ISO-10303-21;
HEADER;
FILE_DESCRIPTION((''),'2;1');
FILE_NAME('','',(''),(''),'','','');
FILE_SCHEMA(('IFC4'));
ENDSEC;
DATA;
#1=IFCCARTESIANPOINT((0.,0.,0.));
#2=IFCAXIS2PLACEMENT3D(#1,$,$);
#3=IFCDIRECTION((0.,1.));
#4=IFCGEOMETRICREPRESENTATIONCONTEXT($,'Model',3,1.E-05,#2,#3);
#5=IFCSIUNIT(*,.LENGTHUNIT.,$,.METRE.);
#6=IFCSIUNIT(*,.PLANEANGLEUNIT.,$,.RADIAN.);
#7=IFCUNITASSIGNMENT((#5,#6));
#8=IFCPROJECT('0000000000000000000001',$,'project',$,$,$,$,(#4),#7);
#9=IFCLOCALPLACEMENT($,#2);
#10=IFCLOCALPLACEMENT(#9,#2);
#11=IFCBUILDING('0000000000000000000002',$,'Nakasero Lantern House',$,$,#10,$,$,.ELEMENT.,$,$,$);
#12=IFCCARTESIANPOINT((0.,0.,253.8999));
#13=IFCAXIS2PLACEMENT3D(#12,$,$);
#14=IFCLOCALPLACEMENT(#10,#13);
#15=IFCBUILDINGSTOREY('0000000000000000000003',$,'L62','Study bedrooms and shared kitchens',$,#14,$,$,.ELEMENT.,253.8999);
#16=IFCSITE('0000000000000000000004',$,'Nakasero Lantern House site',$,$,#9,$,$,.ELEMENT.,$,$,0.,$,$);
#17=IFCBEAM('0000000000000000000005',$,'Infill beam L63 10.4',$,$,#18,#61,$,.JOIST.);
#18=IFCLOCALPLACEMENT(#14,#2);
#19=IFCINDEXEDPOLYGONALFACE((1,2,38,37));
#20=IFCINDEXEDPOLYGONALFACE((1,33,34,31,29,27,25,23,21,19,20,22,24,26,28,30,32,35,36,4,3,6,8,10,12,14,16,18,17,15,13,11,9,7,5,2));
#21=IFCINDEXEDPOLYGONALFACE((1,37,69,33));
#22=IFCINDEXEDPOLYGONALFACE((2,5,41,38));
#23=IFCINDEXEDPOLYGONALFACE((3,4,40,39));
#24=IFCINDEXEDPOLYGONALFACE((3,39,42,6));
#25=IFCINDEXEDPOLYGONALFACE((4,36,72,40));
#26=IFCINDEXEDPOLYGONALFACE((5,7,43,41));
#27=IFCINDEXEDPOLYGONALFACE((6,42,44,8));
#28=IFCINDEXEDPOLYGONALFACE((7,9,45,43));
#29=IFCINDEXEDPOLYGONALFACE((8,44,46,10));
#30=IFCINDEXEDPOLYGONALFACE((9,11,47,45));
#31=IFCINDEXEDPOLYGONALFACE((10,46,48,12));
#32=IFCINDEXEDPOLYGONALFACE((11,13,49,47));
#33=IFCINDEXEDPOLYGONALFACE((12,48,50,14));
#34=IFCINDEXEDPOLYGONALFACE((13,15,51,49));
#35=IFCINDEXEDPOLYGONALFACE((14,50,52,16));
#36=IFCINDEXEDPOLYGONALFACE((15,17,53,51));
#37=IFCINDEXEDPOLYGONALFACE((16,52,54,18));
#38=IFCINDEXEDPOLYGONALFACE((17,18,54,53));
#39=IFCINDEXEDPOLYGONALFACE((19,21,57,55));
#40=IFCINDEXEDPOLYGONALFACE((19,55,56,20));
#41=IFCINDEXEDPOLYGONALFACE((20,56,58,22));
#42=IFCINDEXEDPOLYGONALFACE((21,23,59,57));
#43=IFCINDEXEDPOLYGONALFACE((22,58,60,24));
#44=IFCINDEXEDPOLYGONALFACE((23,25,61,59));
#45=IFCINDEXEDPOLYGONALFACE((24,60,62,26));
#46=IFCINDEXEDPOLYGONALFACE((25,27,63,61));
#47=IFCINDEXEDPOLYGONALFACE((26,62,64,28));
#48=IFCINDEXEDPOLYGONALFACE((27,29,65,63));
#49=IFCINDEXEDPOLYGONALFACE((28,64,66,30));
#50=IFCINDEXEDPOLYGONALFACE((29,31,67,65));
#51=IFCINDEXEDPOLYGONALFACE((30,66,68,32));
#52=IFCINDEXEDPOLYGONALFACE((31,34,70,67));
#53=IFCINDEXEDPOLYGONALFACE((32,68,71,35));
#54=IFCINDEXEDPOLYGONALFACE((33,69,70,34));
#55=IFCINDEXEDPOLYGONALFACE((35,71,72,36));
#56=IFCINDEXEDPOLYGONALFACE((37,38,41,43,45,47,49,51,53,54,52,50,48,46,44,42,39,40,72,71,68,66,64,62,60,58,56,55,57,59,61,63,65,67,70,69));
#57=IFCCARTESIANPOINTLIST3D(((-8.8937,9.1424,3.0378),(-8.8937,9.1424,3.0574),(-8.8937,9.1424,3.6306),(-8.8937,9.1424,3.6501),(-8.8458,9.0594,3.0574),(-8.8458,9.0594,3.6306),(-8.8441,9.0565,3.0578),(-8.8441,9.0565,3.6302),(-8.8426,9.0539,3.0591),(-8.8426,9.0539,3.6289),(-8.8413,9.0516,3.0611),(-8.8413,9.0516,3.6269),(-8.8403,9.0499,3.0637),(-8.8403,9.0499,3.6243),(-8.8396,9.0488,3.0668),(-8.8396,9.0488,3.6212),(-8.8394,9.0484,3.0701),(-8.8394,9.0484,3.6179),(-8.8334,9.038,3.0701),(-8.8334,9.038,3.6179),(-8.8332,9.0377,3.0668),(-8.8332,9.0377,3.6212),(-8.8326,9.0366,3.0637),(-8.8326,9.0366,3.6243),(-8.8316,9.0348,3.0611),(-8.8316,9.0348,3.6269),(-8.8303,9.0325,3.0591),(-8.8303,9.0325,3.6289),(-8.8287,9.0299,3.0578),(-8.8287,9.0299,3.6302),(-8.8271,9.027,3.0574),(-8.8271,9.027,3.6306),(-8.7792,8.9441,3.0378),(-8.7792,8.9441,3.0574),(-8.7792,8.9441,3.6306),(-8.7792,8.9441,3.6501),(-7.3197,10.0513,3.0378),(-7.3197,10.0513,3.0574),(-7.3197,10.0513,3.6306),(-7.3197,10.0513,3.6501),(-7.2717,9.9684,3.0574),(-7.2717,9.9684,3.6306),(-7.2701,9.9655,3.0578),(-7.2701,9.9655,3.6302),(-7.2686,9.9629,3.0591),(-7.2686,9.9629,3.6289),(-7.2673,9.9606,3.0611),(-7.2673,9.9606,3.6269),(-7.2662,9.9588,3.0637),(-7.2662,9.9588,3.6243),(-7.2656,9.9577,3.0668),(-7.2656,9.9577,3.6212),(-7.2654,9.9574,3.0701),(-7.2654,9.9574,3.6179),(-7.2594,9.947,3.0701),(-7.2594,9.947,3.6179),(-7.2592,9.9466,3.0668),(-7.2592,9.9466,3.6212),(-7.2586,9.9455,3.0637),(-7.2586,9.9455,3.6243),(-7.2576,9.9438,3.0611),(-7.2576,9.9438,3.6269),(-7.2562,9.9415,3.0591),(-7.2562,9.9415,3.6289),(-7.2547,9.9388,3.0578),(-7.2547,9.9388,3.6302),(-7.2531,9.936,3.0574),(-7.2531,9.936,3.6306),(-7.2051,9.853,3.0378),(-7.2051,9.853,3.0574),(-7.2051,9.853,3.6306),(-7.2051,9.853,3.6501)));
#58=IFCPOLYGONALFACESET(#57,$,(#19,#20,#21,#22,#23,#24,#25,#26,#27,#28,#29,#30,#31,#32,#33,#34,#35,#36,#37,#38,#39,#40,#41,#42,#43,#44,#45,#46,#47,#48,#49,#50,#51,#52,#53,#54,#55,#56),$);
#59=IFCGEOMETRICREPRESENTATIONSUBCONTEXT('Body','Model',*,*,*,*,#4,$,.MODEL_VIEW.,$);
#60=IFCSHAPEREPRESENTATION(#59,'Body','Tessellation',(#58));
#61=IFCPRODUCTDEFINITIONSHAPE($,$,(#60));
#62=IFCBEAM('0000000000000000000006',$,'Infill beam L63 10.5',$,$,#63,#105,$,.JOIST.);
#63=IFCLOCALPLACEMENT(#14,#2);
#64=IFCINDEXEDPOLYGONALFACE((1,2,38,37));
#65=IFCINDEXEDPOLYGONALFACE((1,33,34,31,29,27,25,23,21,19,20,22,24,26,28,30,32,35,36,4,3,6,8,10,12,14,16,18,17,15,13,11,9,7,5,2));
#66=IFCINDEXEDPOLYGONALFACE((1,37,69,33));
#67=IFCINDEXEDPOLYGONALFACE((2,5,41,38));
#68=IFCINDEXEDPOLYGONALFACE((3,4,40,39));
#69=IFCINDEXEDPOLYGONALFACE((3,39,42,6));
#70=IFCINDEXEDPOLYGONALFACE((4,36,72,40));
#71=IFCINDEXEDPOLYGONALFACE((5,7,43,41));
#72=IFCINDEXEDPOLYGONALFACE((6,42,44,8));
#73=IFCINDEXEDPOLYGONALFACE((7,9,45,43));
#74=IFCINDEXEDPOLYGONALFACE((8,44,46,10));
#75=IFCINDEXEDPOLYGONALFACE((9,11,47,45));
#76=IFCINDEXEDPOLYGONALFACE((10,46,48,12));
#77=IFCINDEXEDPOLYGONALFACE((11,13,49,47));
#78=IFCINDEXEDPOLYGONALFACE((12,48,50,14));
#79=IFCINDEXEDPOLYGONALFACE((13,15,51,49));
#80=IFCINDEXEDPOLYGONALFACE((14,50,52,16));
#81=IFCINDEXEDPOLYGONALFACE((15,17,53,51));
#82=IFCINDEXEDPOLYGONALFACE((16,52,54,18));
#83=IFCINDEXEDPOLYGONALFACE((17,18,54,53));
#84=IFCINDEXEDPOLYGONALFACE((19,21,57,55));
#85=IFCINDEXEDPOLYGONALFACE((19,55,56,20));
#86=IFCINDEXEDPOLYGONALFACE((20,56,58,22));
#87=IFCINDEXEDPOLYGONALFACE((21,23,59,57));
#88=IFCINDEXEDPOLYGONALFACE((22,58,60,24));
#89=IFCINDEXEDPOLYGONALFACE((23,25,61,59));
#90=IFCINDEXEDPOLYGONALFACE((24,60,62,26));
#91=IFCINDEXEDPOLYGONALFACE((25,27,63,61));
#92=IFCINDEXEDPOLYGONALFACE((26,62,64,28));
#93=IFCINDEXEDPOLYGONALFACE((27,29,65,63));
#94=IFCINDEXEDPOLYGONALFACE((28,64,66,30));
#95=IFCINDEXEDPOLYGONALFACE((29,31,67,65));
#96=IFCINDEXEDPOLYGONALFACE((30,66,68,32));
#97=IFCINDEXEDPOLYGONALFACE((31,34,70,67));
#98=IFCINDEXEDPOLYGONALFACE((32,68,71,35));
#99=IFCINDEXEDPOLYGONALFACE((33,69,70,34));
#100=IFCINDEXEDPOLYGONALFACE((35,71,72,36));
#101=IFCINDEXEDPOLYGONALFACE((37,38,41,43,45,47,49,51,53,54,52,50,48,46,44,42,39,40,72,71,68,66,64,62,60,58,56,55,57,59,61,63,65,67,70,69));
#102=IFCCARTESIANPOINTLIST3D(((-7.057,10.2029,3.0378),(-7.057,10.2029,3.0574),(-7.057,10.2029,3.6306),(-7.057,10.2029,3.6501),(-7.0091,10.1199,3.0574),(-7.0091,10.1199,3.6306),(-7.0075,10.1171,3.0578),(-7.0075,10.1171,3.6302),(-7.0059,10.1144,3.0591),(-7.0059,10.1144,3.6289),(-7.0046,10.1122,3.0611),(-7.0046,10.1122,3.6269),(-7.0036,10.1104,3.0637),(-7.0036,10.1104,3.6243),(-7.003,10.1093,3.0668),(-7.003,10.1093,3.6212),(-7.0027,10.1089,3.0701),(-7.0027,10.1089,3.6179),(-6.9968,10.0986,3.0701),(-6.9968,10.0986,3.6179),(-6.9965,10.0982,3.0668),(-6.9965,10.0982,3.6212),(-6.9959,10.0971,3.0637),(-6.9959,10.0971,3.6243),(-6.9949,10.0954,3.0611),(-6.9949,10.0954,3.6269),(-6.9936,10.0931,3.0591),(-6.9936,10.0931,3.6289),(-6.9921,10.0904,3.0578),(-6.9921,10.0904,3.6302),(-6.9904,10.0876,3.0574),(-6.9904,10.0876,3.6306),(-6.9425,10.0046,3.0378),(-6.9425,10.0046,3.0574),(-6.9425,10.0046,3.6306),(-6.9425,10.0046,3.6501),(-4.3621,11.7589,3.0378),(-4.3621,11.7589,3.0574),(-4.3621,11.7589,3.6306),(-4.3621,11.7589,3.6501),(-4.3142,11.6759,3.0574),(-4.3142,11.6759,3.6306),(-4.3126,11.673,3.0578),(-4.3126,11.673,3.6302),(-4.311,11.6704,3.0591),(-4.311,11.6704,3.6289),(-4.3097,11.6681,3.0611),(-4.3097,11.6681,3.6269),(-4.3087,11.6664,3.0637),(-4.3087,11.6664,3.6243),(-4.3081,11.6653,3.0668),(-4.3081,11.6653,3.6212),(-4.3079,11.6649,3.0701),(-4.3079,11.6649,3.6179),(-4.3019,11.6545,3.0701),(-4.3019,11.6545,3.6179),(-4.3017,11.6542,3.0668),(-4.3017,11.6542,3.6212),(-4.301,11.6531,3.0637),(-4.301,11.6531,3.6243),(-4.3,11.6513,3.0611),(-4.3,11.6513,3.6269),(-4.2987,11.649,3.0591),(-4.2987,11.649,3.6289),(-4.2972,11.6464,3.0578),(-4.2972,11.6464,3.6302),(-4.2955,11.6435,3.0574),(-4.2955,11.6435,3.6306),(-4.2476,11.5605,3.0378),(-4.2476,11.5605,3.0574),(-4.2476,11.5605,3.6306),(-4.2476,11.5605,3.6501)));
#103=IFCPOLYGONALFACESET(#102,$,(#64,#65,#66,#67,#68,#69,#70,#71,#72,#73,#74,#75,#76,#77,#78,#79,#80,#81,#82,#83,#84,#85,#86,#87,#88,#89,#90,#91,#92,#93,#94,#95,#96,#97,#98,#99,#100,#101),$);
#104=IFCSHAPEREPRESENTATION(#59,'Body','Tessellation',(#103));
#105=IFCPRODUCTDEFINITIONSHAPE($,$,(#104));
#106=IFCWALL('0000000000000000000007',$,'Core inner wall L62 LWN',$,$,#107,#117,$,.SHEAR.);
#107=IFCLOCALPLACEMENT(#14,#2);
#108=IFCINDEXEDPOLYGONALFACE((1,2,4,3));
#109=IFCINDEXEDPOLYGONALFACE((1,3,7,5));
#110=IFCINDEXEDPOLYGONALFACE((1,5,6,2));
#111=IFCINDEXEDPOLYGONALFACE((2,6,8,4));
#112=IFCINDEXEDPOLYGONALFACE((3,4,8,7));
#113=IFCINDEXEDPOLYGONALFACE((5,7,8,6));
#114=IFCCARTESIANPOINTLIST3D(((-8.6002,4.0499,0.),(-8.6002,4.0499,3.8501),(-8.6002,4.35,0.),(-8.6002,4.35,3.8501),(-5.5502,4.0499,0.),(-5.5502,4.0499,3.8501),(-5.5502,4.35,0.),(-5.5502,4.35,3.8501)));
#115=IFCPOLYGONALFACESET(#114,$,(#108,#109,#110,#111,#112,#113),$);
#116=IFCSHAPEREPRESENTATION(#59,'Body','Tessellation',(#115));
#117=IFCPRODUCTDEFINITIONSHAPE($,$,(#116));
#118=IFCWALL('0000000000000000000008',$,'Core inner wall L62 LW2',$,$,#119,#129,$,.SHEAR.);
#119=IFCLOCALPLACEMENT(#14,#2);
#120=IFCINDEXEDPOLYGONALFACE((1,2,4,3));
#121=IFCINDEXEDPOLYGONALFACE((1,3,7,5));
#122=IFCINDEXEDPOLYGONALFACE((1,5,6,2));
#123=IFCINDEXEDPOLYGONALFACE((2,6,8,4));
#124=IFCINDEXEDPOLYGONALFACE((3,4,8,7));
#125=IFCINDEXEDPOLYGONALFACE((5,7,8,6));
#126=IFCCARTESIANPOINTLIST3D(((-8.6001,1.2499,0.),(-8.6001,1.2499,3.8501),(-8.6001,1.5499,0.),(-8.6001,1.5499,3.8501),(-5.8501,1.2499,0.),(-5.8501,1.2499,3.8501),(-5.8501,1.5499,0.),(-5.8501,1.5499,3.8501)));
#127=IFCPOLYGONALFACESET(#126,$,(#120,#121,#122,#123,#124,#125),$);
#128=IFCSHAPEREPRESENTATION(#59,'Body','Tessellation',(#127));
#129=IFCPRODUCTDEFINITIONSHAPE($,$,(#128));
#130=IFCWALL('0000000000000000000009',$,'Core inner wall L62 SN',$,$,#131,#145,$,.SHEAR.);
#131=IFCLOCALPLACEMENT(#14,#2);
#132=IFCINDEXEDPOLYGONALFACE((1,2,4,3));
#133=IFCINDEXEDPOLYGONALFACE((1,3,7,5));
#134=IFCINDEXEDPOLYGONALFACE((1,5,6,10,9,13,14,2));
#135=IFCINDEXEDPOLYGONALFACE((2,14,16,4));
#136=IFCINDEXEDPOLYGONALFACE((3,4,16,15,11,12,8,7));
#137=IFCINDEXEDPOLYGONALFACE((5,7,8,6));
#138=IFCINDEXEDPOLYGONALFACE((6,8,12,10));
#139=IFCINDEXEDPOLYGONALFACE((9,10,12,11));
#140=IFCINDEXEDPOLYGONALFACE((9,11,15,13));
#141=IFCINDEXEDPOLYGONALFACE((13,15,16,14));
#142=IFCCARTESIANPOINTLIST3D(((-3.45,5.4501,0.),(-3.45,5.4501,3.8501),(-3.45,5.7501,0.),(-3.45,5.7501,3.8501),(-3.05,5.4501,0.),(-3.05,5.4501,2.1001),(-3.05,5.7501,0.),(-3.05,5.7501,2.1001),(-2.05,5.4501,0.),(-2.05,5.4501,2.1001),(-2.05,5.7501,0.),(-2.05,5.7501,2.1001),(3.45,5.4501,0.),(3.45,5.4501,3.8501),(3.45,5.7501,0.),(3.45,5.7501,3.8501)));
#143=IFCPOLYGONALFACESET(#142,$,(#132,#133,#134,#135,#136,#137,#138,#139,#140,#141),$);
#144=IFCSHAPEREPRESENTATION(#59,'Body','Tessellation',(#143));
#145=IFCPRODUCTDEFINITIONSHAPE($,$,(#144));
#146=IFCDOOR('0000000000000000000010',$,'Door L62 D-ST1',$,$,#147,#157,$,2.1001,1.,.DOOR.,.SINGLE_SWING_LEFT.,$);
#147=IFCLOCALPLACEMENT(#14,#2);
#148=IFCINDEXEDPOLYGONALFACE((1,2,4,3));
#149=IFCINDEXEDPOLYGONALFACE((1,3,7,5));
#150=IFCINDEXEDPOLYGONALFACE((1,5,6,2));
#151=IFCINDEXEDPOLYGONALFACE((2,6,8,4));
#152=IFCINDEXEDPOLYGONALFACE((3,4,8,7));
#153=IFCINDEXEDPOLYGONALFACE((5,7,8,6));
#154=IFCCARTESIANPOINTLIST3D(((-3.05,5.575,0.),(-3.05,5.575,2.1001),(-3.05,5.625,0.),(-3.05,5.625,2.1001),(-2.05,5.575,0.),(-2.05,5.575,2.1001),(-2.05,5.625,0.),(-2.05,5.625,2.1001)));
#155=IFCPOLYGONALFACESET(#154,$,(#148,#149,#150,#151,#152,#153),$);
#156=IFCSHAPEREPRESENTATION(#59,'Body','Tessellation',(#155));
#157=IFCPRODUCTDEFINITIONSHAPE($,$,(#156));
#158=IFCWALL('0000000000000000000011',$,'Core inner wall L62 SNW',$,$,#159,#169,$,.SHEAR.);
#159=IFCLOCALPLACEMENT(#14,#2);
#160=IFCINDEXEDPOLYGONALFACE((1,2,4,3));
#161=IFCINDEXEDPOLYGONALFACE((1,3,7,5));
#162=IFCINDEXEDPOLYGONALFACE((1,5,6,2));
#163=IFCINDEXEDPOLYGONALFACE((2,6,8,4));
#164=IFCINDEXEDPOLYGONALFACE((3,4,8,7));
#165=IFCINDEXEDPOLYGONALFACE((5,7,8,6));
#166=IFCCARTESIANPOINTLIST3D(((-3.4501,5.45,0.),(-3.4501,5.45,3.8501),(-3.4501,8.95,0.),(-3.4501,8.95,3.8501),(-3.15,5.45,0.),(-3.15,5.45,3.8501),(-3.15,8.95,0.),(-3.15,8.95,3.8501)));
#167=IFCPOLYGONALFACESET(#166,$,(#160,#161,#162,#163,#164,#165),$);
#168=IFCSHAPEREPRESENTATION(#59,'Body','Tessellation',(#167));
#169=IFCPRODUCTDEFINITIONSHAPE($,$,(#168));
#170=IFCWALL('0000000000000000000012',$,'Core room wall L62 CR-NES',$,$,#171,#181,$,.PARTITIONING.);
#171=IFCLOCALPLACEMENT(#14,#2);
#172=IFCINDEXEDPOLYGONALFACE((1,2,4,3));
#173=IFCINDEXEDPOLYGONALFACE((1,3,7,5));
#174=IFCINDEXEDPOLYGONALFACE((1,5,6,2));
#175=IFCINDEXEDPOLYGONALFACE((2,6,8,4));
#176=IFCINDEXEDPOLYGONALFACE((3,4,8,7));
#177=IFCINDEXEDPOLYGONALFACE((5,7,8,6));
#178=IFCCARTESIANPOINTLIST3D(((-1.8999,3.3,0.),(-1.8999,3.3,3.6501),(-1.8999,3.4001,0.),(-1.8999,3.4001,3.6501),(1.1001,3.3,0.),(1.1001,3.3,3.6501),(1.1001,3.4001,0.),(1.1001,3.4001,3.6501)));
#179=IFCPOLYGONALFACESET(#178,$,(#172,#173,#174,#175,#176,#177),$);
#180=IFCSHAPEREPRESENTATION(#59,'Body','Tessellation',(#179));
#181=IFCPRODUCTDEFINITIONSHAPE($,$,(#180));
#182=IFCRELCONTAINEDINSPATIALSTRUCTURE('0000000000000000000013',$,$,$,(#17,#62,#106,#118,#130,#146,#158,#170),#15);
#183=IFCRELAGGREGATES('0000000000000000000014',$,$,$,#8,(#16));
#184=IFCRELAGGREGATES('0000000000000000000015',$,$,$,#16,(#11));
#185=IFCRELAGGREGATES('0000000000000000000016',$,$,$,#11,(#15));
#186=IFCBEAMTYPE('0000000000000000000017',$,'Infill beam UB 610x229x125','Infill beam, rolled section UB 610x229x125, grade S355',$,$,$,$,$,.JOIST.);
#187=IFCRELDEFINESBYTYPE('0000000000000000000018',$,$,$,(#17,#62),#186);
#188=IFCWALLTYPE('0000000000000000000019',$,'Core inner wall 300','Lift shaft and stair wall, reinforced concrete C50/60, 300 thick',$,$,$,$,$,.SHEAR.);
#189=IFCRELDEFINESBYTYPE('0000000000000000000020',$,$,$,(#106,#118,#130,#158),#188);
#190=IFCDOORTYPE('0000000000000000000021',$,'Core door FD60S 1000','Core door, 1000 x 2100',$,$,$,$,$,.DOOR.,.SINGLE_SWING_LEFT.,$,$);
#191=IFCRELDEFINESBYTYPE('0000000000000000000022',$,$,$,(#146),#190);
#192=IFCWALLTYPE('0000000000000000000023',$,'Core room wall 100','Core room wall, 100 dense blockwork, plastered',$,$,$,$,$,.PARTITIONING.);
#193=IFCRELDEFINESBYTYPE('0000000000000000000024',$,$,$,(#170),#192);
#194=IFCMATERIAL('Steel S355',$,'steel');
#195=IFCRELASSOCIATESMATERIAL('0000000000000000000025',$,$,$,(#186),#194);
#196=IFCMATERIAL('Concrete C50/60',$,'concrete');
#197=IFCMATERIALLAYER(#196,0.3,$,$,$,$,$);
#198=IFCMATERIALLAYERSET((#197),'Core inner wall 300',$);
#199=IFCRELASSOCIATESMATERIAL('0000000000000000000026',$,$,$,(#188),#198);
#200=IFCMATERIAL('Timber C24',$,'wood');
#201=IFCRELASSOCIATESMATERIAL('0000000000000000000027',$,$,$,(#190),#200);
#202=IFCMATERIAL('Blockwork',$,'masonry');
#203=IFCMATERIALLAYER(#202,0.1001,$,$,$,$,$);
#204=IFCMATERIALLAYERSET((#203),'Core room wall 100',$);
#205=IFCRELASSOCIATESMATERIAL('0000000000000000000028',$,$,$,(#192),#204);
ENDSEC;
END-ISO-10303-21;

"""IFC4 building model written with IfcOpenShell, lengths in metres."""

from ifc_helpers import new_model, si_unit, direction, frame, frame_2d, origin, origin_2d, place, context, subcontext, project, spatial, rectangle, i_section, extrude, material, layer, layer_set, material_profile, profile_set, type_object, element, fill, save


model = new_model("IFC4")

# Units and contexts
model_context = context("Model", 3, precision=1e-05, world=origin(), true_north=direction((0.0, 1.0)))
body_context = subcontext(model_context, "Body", "Model", "MODEL_VIEW")
ifc_project = project(units=[si_unit("LENGTHUNIT", "METRE"), si_unit("PLANEANGLEUNIT", "RADIAN")], contexts=[model_context])

# Site, building, storey
site_placement = place(None, origin())
site = spatial("IfcSite", under=ifc_project, at=site_placement, Name="Nakasero Lantern House site", CompositionType="ELEMENT", RefElevation=0.0)
building_placement = place(site_placement, origin())
building = spatial("IfcBuilding", under=site, at=building_placement, Name="Nakasero Lantern House", CompositionType="ELEMENT")
storey_placement = place(building_placement, frame((0.0, 0.0, 253.8999)))
storey = spatial("IfcBuildingStorey", under=building, at=storey_placement, Name="L62", Description="Study bedrooms and shared kitchens", CompositionType="ELEMENT", Elevation=253.8999)

# Beams
ifc_material_1 = material(Name="Steel S355", Category="steel")
ifc_material_profile = material_profile(ifc_material_1, i_section(OverallWidth=0.229, OverallDepth=0.6123, WebThickness=0.012, FlangeThickness=0.0195, FilletRadius=0.0127, at=origin_2d()), Name="UB 610x229x125")
ifc_profile_set = profile_set([ifc_material_profile], Name="Steel S355")
beam_type = type_object("IfcBeamType", Name="Infill beam UB 610x229x125", Description="Infill beam, rolled section UB 610x229x125, grade S355", PredefinedType="JOIST", material=ifc_profile_set)
beam_1_placement = place(storey_placement, frame((-8.8364, 9.0432, 3.344), z_axis=(0.865978, 0.500083, 0.0), x_axis=(-0.500083, 0.865978, 0.0)))
element("IfcBeam", 1, at=beam_1_placement, inside=storey, type_object=beam_type, Name="Infill beam L63 10.4", PredefinedType="JOIST", context=body_context, shape_type="SweptSolid", body=[
    extrude(i_section(OverallWidth=0.229, OverallDepth=0.6123, WebThickness=0.012, FlangeThickness=0.0195, FilletRadius=0.0127, at=origin_2d()), origin(), (0.0, 0.0, 1.0), 1.8176),
])
beam_2_placement = place(storey_placement, frame((-6.9998, 10.1038, 3.344), z_axis=(0.866018, 0.500012, 0.0), x_axis=(-0.500012, 0.866018, 0.0)))
element("IfcBeam", 2, at=beam_2_placement, inside=storey, type_object=beam_type, Name="Infill beam L63 10.5", PredefinedType="JOIST", context=body_context, shape_type="SweptSolid", body=[
    extrude(i_section(OverallWidth=0.229, OverallDepth=0.6123, WebThickness=0.012, FlangeThickness=0.0195, FilletRadius=0.0127, at=origin_2d()), origin(), (0.0, 0.0, 1.0), 3.1118),
])

# Walls
ifc_material_2 = material(Name="Concrete C50/60", Category="concrete")
ifc_layer_1 = layer(ifc_material_2, 0.3)
ifc_layer_set_1 = layer_set([ifc_layer_1], Name="Core inner wall 300")
wall_type_1 = type_object("IfcWallType", Name="Core inner wall 300", Description="Lift shaft and stair wall, reinforced concrete C50/60, 300 thick", PredefinedType="SHEAR", material=ifc_layer_set_1)
wall_1_placement = place(storey_placement, frame((-8.6001, 4.2, 0.0), z_axis=(0.0, 0.0, 1.0), x_axis=(1.0, 0.0, 0.0)))
element("IfcWall", 3, at=wall_1_placement, inside=storey, type_object=wall_type_1, Name="Core inner wall L62 LWN", PredefinedType="SHEAR", context=body_context, shape_type="SweptSolid", body=[
    extrude(rectangle(XDim=3.05, YDim=0.3, at=frame_2d((1.5249, 0.0))), origin(), (0.0, 0.0, 1.0), 3.8501),
])
wall_2_placement = place(storey_placement, frame((-8.6001, 1.3999, 0.0), z_axis=(0.0, 0.0, 1.0), x_axis=(1.0, 0.0, 0.0)))
element("IfcWall", 4, at=wall_2_placement, inside=storey, type_object=wall_type_1, Name="Core inner wall L62 LW2", PredefinedType="SHEAR", context=body_context, shape_type="SweptSolid", body=[
    extrude(rectangle(XDim=2.75, YDim=0.3, at=frame_2d((1.375, 0.0))), origin(), (0.0, 0.0, 1.0), 3.8501),
])

# Wall, opening, door
wall_3_placement = place(storey_placement, frame((-3.45, 5.6001, 0.0), z_axis=(0.0, 0.0, 1.0), x_axis=(1.0, 0.0, 0.0)))
wall_3 = element("IfcWall", 5, at=wall_3_placement, inside=storey, type_object=wall_type_1, Name="Core inner wall L62 SN", PredefinedType="SHEAR", context=body_context, shape_type="SweptSolid", body=[
    extrude(rectangle(XDim=6.8999, YDim=0.3, at=frame_2d((3.45, 0.0))), origin(), (0.0, 0.0, 1.0), 3.8501),
])
opening_1_placement = place(wall_3_placement, frame((0.3999, 0.0, 0.0)))
opening_1 = element("IfcOpeningElement", 6, at=opening_1_placement, cuts=wall_3, PredefinedType="OPENING", context=body_context, shape_type="SweptSolid", body=[
    extrude(rectangle(XDim=1.0, YDim=2.1001, at=frame_2d((0.5, 1.05))), frame((0.0, 0.1699, 0.0), z_axis=(0.0, -1.0, 0.0), x_axis=(1.0, 0.0, 0.0)), (0.0, 0.0, 1.0), 0.3401),
])
ifc_material_3 = material(Name="Timber C24", Category="wood")
door_type_1 = type_object("IfcDoorType", Name="Core door FD60S 1000", Description="Core door, 1000 x 2100", OperationType="SINGLE_SWING_LEFT", PredefinedType="DOOR", material=ifc_material_3)
door_1_placement = place(opening_1_placement, origin())
door_1 = element("IfcDoor", 7, at=door_1_placement, inside=storey, type_object=door_type_1, Name="Door L62 D-ST1", OperationType="SINGLE_SWING_LEFT", OverallHeight=2.1001, OverallWidth=1.0, PredefinedType="DOOR", context=body_context, shape_type="SweptSolid", body=[
    extrude(rectangle(XDim=1.0, YDim=2.1001, at=frame_2d((0.5, 1.05))), frame((0.0, 0.0249, 0.0), z_axis=(0.0, -1.0, 0.0), x_axis=(1.0, 0.0, 0.0)), (0.0, 0.0, 1.0), 0.05),
])
fill(opening_1, door_1)

# Walls
wall_4_placement = place(storey_placement, frame((-3.3, 5.45, 0.0), z_axis=(0.0, 0.0, 1.0), x_axis=(0.0, 1.0, 0.0)))
element("IfcWall", 8, at=wall_4_placement, inside=storey, type_object=wall_type_1, Name="Core inner wall L62 SNW", PredefinedType="SHEAR", context=body_context, shape_type="SweptSolid", body=[
    extrude(rectangle(XDim=3.5, YDim=0.3, at=frame_2d((1.75, 0.0))), origin(), (0.0, 0.0, 1.0), 3.8501),
])
ifc_material_4 = material(Name="Blockwork", Category="masonry")
ifc_layer_2 = layer(ifc_material_4, 0.1001)
ifc_layer_set_2 = layer_set([ifc_layer_2], Name="Core room wall 100")
wall_type_2 = type_object("IfcWallType", Name="Core room wall 100", Description="Core room wall, 100 dense blockwork, plastered", PredefinedType="PARTITIONING", material=ifc_layer_set_2)
wall_5_placement = place(storey_placement, frame((-1.8999, 3.3501, 0.0), z_axis=(0.0, 0.0, 1.0), x_axis=(1.0, 0.0, 0.0)))
element("IfcWall", 9, at=wall_5_placement, inside=storey, type_object=wall_type_2, Name="Core room wall L62 CR-NES", PredefinedType="PARTITIONING", context=body_context, shape_type="SweptSolid", body=[
    extrude(rectangle(XDim=3.0, YDim=0.1001, at=frame_2d((1.5, 0.0))), origin(), (0.0, 0.0, 1.0), 3.6501),
])

save(model, "model.ifc")
